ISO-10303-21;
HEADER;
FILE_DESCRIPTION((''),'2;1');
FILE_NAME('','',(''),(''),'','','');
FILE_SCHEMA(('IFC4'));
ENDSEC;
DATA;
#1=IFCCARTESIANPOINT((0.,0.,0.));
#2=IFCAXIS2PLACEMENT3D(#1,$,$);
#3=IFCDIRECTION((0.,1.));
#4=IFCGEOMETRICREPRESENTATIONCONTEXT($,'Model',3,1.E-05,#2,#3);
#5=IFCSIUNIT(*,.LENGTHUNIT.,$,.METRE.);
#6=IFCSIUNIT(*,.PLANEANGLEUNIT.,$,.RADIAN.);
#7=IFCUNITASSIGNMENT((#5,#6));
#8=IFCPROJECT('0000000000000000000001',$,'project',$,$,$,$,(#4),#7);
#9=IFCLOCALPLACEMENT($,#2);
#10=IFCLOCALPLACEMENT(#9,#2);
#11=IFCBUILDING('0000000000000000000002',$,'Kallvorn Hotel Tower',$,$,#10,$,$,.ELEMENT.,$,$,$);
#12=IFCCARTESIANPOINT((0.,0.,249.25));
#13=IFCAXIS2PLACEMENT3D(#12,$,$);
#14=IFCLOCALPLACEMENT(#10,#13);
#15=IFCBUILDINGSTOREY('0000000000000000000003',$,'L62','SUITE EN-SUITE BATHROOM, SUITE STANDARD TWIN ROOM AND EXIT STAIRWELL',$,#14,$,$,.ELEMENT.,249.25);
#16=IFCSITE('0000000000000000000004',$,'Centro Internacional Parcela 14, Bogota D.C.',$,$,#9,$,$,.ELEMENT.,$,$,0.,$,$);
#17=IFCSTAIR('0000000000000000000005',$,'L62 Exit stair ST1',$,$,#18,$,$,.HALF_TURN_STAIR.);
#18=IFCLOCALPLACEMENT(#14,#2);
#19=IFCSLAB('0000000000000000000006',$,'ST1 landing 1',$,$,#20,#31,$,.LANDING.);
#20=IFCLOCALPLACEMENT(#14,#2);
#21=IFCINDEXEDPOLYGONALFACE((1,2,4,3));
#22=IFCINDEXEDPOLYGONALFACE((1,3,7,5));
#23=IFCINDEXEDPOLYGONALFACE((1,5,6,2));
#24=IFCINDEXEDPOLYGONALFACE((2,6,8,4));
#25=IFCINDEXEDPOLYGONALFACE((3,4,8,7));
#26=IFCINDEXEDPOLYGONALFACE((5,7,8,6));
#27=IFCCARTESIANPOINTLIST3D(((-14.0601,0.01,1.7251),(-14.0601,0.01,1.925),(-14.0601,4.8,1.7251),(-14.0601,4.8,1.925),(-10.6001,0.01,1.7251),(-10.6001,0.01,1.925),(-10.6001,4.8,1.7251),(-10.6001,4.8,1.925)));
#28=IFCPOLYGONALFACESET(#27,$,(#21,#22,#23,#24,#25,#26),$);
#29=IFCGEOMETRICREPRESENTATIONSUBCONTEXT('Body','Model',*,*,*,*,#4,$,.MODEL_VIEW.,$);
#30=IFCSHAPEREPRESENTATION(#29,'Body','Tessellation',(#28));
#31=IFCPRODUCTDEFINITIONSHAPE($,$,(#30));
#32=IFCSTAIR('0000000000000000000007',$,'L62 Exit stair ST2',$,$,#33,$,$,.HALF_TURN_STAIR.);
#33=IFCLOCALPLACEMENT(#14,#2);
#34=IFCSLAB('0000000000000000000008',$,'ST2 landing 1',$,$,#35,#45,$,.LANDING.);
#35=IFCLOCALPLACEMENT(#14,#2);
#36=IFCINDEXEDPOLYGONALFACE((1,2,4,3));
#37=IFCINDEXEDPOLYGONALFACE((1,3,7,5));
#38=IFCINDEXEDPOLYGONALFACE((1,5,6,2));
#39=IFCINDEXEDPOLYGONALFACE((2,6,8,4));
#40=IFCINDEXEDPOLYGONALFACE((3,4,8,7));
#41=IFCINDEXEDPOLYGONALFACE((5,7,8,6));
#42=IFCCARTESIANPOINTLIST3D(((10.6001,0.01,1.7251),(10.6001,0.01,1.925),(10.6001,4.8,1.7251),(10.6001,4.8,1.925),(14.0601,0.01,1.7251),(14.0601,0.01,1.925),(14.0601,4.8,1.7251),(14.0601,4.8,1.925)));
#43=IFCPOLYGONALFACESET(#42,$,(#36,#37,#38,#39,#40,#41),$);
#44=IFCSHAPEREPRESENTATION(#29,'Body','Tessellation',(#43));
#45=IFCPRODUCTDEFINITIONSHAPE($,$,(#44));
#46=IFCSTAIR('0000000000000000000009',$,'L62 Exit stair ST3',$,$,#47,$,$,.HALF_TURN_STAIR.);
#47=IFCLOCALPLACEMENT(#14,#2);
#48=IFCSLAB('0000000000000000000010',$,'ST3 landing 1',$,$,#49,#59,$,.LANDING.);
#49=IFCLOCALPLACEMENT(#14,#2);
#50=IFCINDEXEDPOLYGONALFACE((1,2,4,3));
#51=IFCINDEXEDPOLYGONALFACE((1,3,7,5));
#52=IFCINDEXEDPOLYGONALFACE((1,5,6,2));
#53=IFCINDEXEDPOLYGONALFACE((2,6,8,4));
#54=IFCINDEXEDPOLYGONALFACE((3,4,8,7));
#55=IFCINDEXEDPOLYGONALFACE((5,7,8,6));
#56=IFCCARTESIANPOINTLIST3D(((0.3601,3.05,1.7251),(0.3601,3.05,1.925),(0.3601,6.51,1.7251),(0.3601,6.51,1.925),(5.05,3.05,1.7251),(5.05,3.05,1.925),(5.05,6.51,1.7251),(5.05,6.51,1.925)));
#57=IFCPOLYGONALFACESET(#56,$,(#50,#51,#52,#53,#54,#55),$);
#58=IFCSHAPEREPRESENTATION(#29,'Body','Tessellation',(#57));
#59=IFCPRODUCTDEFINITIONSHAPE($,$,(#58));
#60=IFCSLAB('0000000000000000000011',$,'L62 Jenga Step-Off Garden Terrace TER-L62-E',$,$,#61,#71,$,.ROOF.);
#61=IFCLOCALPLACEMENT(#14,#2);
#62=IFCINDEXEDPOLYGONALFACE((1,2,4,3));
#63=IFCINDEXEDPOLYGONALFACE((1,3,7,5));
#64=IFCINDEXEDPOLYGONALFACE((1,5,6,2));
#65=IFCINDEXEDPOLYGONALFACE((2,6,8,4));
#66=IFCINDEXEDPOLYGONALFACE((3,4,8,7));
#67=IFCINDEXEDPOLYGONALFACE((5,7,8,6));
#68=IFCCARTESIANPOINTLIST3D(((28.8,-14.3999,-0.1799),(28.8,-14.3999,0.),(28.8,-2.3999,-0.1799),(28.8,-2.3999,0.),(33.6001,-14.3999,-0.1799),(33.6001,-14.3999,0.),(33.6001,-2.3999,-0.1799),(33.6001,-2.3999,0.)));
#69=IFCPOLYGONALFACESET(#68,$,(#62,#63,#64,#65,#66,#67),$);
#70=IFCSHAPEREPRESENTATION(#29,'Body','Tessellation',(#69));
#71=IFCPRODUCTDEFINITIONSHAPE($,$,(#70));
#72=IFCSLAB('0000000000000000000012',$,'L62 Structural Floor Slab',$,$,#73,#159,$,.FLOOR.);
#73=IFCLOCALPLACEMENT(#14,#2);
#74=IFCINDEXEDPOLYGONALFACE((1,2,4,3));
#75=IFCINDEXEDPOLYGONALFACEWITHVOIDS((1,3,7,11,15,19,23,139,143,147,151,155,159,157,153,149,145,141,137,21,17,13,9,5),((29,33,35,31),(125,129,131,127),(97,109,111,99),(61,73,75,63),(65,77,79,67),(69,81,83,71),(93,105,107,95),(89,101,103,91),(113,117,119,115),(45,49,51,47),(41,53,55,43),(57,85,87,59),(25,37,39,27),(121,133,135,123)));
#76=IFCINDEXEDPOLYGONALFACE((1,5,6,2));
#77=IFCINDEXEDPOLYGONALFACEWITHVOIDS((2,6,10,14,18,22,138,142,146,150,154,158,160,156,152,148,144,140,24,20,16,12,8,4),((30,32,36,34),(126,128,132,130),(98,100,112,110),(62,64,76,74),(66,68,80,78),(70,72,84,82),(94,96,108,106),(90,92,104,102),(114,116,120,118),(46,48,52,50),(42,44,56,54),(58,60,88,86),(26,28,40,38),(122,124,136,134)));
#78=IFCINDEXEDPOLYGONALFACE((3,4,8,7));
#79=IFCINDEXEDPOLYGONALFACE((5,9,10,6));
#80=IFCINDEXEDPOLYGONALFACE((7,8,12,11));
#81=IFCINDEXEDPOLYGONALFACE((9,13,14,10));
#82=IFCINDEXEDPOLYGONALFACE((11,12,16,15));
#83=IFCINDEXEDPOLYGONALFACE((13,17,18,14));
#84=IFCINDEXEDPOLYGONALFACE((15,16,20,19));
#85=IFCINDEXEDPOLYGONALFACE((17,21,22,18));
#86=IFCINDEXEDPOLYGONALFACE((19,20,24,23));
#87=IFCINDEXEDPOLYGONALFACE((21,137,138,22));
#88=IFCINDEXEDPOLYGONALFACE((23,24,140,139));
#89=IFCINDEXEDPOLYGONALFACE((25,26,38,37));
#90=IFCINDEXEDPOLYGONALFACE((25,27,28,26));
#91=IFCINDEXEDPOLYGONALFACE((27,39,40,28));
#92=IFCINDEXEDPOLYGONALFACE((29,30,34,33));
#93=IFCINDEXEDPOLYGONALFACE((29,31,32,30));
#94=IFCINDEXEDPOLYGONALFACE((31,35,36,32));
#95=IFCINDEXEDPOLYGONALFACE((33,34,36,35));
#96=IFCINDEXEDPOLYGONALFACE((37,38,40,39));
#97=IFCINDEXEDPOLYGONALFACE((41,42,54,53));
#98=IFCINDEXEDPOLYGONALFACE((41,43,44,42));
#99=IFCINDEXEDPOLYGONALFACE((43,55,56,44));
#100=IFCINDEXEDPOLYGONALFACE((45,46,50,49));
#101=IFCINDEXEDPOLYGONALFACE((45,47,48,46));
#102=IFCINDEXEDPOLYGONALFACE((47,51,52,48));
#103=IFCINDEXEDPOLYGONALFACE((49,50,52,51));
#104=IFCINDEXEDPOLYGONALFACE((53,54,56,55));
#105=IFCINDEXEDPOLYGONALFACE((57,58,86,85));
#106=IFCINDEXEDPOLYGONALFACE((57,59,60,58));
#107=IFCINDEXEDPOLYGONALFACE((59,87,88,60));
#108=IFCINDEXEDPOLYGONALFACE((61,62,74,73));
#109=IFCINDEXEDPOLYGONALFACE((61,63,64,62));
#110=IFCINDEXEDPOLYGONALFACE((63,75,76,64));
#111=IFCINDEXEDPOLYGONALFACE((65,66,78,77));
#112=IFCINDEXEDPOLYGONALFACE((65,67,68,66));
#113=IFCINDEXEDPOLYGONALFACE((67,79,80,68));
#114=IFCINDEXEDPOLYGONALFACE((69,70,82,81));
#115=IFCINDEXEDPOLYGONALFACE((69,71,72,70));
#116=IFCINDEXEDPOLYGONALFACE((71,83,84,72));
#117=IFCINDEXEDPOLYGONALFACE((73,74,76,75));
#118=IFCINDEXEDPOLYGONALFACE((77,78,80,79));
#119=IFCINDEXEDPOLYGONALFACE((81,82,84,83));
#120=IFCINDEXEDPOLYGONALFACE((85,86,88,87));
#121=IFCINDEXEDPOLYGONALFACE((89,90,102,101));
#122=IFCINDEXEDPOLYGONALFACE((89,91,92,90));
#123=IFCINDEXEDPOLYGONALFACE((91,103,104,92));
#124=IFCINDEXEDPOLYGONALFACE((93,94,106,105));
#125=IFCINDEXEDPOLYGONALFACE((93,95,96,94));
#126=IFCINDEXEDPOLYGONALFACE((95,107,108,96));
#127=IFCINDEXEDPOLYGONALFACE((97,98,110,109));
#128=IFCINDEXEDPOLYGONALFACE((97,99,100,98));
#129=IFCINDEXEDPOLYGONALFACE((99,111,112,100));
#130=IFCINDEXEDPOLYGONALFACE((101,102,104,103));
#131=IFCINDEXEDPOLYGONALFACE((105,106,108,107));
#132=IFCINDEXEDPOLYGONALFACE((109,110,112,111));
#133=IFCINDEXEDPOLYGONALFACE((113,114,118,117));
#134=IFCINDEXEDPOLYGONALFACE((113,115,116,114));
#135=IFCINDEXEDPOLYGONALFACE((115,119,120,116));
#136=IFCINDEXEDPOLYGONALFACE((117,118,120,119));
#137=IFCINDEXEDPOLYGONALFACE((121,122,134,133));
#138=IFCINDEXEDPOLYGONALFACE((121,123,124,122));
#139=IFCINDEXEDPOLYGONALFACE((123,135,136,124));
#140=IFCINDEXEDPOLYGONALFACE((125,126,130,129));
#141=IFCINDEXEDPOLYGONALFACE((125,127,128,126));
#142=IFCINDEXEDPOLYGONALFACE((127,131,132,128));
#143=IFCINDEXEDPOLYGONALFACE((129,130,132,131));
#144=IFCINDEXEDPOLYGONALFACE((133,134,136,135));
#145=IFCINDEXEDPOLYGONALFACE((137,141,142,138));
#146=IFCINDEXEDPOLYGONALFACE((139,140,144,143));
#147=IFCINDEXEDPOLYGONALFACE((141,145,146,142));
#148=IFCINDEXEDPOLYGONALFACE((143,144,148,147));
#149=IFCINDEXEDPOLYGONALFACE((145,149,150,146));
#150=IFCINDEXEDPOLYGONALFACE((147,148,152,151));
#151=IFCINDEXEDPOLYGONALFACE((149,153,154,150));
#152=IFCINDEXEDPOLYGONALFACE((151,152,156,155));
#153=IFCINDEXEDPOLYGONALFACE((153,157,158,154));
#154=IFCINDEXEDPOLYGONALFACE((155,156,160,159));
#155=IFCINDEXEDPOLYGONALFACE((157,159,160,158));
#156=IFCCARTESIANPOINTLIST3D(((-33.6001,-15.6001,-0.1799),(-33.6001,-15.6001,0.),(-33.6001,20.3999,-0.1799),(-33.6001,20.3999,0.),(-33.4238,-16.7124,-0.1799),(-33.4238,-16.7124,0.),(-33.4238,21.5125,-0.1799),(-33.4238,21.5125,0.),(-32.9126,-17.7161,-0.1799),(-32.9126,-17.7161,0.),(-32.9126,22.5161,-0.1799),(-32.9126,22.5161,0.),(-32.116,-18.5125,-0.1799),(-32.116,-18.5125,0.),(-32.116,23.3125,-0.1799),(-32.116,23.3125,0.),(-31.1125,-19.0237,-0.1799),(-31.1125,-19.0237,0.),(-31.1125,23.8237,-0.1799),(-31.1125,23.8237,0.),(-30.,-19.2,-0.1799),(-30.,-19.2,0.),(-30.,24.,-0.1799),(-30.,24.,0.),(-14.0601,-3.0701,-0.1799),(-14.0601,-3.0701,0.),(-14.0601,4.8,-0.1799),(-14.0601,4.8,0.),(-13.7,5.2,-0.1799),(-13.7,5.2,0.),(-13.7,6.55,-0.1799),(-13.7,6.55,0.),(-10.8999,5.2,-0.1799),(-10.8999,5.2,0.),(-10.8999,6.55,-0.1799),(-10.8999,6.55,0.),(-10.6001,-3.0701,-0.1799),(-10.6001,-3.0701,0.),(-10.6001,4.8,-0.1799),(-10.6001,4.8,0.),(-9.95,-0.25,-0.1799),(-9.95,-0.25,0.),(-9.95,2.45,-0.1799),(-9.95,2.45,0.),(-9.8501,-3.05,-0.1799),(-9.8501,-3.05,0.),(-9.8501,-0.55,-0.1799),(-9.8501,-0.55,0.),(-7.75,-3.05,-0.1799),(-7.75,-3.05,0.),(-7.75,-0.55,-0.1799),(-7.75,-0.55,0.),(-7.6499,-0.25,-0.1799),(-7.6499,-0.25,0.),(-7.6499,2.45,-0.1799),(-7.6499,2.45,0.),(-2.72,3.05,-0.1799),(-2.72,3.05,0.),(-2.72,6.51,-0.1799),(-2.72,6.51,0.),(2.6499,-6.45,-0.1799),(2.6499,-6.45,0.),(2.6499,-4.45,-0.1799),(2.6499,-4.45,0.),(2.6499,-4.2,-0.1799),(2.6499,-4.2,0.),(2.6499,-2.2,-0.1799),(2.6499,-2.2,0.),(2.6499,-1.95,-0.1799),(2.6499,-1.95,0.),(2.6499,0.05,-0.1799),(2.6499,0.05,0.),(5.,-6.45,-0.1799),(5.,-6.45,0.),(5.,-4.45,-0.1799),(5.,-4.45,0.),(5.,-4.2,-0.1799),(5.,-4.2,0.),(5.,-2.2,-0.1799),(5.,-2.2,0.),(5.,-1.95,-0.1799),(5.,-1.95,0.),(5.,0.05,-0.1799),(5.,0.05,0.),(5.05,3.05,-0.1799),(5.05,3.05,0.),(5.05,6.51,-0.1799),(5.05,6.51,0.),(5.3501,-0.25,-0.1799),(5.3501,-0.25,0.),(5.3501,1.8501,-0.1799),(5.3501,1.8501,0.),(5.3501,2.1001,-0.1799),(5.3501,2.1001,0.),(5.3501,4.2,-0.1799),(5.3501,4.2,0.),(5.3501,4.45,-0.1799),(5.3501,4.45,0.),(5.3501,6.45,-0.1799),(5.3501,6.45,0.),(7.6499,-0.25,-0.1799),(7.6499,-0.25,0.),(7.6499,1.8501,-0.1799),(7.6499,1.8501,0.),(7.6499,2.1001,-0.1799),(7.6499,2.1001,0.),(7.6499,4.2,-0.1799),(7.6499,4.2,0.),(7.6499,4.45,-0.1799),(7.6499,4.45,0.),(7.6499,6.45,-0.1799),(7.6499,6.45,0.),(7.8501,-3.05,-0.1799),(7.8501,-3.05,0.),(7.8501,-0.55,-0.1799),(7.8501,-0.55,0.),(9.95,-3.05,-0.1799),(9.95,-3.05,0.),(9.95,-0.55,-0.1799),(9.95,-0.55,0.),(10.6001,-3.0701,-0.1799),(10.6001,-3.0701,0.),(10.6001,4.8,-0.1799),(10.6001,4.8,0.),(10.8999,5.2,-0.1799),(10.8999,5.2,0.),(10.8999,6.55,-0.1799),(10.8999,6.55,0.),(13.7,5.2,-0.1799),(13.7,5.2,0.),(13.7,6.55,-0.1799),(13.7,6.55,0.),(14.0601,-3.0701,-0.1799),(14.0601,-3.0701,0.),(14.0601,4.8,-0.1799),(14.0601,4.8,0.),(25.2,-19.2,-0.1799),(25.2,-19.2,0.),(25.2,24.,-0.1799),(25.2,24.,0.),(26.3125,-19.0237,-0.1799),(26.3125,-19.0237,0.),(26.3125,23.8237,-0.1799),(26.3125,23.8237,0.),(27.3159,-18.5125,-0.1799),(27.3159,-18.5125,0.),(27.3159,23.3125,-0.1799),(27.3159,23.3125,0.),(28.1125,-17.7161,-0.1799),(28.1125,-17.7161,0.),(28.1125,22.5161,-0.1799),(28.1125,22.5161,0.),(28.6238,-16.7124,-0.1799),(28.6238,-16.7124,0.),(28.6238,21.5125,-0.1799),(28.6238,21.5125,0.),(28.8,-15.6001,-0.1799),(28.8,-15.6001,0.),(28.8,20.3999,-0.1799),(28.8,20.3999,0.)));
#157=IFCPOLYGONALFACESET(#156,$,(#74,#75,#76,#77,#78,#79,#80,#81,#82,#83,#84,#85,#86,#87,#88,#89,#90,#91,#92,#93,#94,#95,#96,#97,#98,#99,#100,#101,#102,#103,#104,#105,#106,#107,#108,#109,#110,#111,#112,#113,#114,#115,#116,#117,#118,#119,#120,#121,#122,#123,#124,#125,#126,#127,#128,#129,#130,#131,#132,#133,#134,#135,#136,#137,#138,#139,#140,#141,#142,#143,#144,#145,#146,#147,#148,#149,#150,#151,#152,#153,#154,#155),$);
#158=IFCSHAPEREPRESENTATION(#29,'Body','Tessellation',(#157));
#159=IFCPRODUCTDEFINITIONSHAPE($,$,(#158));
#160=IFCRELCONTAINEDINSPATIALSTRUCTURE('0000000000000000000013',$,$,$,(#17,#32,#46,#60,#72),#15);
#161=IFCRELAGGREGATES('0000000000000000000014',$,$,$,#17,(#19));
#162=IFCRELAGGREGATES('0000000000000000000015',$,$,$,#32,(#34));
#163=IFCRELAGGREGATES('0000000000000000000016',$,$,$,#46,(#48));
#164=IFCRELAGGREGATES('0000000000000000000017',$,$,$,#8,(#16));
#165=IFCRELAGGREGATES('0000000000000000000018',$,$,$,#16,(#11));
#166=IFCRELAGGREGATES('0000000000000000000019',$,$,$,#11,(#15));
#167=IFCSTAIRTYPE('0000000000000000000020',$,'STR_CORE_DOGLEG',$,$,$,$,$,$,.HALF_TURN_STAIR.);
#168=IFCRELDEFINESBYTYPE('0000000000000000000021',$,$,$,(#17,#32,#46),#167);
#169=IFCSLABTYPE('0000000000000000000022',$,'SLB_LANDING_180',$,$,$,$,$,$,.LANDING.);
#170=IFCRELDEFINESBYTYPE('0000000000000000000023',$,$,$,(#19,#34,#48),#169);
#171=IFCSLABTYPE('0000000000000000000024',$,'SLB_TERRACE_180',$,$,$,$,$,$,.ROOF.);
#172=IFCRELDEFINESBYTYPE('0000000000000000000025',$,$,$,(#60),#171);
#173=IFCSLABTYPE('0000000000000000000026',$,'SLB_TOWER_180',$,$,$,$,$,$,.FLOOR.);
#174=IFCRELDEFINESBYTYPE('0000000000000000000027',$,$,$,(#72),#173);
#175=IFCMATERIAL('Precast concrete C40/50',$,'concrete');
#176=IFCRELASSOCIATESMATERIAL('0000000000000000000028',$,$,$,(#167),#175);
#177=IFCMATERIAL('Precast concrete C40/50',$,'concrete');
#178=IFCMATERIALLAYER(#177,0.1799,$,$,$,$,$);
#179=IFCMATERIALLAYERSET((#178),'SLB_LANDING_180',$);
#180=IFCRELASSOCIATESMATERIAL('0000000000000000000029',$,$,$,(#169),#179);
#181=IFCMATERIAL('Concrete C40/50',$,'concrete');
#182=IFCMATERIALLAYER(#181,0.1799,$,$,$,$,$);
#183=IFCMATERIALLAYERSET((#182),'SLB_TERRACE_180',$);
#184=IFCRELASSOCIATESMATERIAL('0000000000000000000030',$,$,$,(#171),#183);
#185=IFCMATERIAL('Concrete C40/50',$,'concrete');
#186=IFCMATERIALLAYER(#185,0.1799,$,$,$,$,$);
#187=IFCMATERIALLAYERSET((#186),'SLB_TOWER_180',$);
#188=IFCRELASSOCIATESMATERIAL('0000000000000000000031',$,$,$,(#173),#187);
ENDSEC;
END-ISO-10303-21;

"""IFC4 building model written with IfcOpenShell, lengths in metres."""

from ifc_helpers import new_model, si_unit, direction, frame, origin, place, context, subcontext, project, spatial, polyline, outline, extrude, material, layer, layer_set, type_object, element, aggregate, save


model = new_model("IFC4")

# Units and contexts
model_context = context("Model", 3, precision=1e-05, world=origin(), true_north=direction((0.0, 1.0)))
body_context = subcontext(model_context, "Body", "Model", "MODEL_VIEW")
ifc_project = project(units=[si_unit("LENGTHUNIT", "METRE"), si_unit("PLANEANGLEUNIT", "RADIAN")], contexts=[model_context])

# Site, building, storey
site_placement = place(None, origin())
site = spatial("IfcSite", under=ifc_project, at=site_placement, Name="Centro Internacional Parcela 14, Bogota D.C.", CompositionType="ELEMENT", RefElevation=0.0)
building_placement = place(site_placement, origin())
building = spatial("IfcBuilding", under=site, at=building_placement, Name="Kallvorn Hotel Tower", CompositionType="ELEMENT")
storey_placement = place(building_placement, frame((0.0, 0.0, 249.25)))
storey = spatial("IfcBuildingStorey", under=building, at=storey_placement, Name="L62", Description="SUITE EN-SUITE BATHROOM, SUITE STANDARD TWIN ROOM AND EXIT STAIRWELL", CompositionType="ELEMENT", Elevation=249.25)

# Stairs, slabs
ifc_material_1 = material(Name="Precast concrete C40/50", Category="concrete")
stair_type = type_object("IfcStairType", Name="STR_CORE_DOGLEG", PredefinedType="HALF_TURN_STAIR", material=ifc_material_1)
stair_1_placement = place(storey_placement, origin())
stair_1 = element("IfcStair", 1, at=stair_1_placement, inside=storey, type_object=stair_type, Name="L62 Exit stair ST1", PredefinedType="HALF_TURN_STAIR")
ifc_material_2 = material(Name="Precast concrete C40/50", Category="concrete")
ifc_layer_1 = layer(ifc_material_2, 0.1799)
ifc_layer_set_1 = layer_set([ifc_layer_1], Name="SLB_LANDING_180")
slab_type_1 = type_object("IfcSlabType", Name="SLB_LANDING_180", PredefinedType="LANDING", material=ifc_layer_set_1)
slab_1_placement = place(storey_placement, frame((0.0, 0.0, 1.7251)))
slab_1 = element("IfcSlab", 2, at=slab_1_placement, type_object=slab_type_1, Name="ST1 landing 1", PredefinedType="LANDING", context=body_context, shape_type="SweptSolid", body=[
    extrude(outline(polyline([(-10.6001, 0.01), (-10.6001, 4.8), (-14.0601, 4.8), (-14.0601, 0.01), (-10.6001, 0.01)])), origin(), (0.0, 0.0, 1.0), 0.2),
])
aggregate(stair_1, [slab_1])
stair_2_placement = place(storey_placement, origin())
stair_2 = element("IfcStair", 3, at=stair_2_placement, inside=storey, type_object=stair_type, Name="L62 Exit stair ST2", PredefinedType="HALF_TURN_STAIR")
slab_2_placement = place(storey_placement, frame((0.0, 0.0, 1.7251)))
slab_2 = element("IfcSlab", 4, at=slab_2_placement, type_object=slab_type_1, Name="ST2 landing 1", PredefinedType="LANDING", context=body_context, shape_type="SweptSolid", body=[
    extrude(outline(polyline([(14.0601, 0.01), (14.0601, 4.8), (10.6001, 4.8), (10.6001, 0.01), (14.0601, 0.01)])), origin(), (0.0, 0.0, 1.0), 0.2),
])
aggregate(stair_2, [slab_2])
stair_3_placement = place(storey_placement, origin())
stair_3 = element("IfcStair", 5, at=stair_3_placement, inside=storey, type_object=stair_type, Name="L62 Exit stair ST3", PredefinedType="HALF_TURN_STAIR")
slab_3_placement = place(storey_placement, frame((0.0, 0.0, 1.7251)))
slab_3 = element("IfcSlab", 6, at=slab_3_placement, type_object=slab_type_1, Name="ST3 landing 1", PredefinedType="LANDING", context=body_context, shape_type="SweptSolid", body=[
    extrude(outline(polyline([(0.3601, 3.05), (5.05, 3.05), (5.05, 6.51), (0.3601, 6.51), (0.3601, 3.05)])), origin(), (0.0, 0.0, 1.0), 0.2),
])
aggregate(stair_3, [slab_3])

# Slabs
ifc_material_3 = material(Name="Concrete C40/50", Category="concrete")
ifc_layer_2 = layer(ifc_material_3, 0.1799)
ifc_layer_set_2 = layer_set([ifc_layer_2], Name="SLB_TERRACE_180")
slab_type_2 = type_object("IfcSlabType", Name="SLB_TERRACE_180", PredefinedType="ROOF", material=ifc_layer_set_2)
slab_4_placement = place(storey_placement, frame((0.0, 0.0, -0.1799)))
element("IfcSlab", 7, at=slab_4_placement, inside=storey, type_object=slab_type_2, Name="L62 Jenga Step-Off Garden Terrace TER-L62-E", PredefinedType="ROOF", context=body_context, shape_type="SweptSolid", body=[
    extrude(outline(polyline([(28.8, -14.3999), (33.6001, -14.3999), (33.6001, -2.3999), (28.8, -2.3999), (28.8, -14.3999)])), origin(), (0.0, 0.0, 1.0), 0.1799),
])
ifc_material_4 = material(Name="Concrete C40/50", Category="concrete")
ifc_layer_3 = layer(ifc_material_4, 0.1799)
ifc_layer_set_3 = layer_set([ifc_layer_3], Name="SLB_TOWER_180")
slab_type_3 = type_object("IfcSlabType", Name="SLB_TOWER_180", PredefinedType="FLOOR", material=ifc_layer_set_3)
slab_5_placement = place(storey_placement, frame((0.0, 0.0, -0.1799)))
element("IfcSlab", 8, at=slab_5_placement, inside=storey, type_object=slab_type_3, Name="L62 Structural Floor Slab", PredefinedType="FLOOR", context=body_context, shape_type="SweptSolid", body=[
    extrude(outline(polyline([(25.2, -19.2), (26.3125, -19.0237), (27.3159, -18.5125), (28.1125, -17.7161), (28.6238, -16.7124), (28.8, -15.6001), (28.8, 20.3999), (28.6238, 21.5125), (28.1125, 22.5161), (27.3159, 23.3125), (26.3125, 23.8237), (25.2, 24.0), (-30.0, 24.0), (-31.1125, 23.8237), (-32.116, 23.3125), (-32.9126, 22.5161), (-33.4238, 21.5125), (-33.6001, 20.3999), (-33.6001, -15.6001), (-33.4238, -16.7124), (-32.9126, -17.7161), (-32.116, -18.5125), (-31.1125, -19.0237), (-30.0, -19.2), (25.2, -19.2)]), holes=[polyline([(-10.6001, -3.0701), (-10.6001, 4.8), (-14.0601, 4.8), (-14.0601, -3.0701), (-10.6001, -3.0701)]), polyline([(14.0601, -3.0701), (14.0601, 4.8), (10.6001, 4.8), (10.6001, -3.0701), (14.0601, -3.0701)]), polyline([(-2.72, 3.05), (5.05, 3.05), (5.05, 6.51), (-2.72, 6.51), (-2.72, 3.05)]), polyline([(2.6499, -6.45), (5.0, -6.45), (5.0, -4.45), (2.6499, -4.45), (2.6499, -6.45)]), polyline([(2.6499, -4.2), (5.0, -4.2), (5.0, -2.2), (2.6499, -2.2), (2.6499, -4.2)]), polyline([(2.6499, -1.95), (5.0, -1.95), (5.0, 0.05), (2.6499, 0.05), (2.6499, -1.95)]), polyline([(5.3501, -0.25), (7.6499, -0.25), (7.6499, 1.8501), (5.3501, 1.8501), (5.3501, -0.25)]), polyline([(5.3501, 2.1001), (7.6499, 2.1001), (7.6499, 4.2), (5.3501, 4.2), (5.3501, 2.1001)]), polyline([(5.3501, 4.45), (7.6499, 4.45), (7.6499, 6.45), (5.3501, 6.45), (5.3501, 4.45)]), polyline([(-9.8501, -3.05), (-7.75, -3.05), (-7.75, -0.55), (-9.8501, -0.55), (-9.8501, -3.05)]), polyline([(7.8501, -3.05), (9.95, -3.05), (9.95, -0.55), (7.8501, -0.55), (7.8501, -3.05)]), polyline([(-9.95, -0.25), (-7.6499, -0.25), (-7.6499, 2.45), (-9.95, 2.45), (-9.95, -0.25)]), polyline([(-13.7, 5.2), (-10.8999, 5.2), (-10.8999, 6.55), (-13.7, 6.55), (-13.7, 5.2)]), polyline([(10.8999, 5.2), (13.7, 5.2), (13.7, 6.55), (10.8999, 6.55), (10.8999, 5.2)])]), origin(), (0.0, 0.0, 1.0), 0.1799),
])

save(model, "model.ifc")
